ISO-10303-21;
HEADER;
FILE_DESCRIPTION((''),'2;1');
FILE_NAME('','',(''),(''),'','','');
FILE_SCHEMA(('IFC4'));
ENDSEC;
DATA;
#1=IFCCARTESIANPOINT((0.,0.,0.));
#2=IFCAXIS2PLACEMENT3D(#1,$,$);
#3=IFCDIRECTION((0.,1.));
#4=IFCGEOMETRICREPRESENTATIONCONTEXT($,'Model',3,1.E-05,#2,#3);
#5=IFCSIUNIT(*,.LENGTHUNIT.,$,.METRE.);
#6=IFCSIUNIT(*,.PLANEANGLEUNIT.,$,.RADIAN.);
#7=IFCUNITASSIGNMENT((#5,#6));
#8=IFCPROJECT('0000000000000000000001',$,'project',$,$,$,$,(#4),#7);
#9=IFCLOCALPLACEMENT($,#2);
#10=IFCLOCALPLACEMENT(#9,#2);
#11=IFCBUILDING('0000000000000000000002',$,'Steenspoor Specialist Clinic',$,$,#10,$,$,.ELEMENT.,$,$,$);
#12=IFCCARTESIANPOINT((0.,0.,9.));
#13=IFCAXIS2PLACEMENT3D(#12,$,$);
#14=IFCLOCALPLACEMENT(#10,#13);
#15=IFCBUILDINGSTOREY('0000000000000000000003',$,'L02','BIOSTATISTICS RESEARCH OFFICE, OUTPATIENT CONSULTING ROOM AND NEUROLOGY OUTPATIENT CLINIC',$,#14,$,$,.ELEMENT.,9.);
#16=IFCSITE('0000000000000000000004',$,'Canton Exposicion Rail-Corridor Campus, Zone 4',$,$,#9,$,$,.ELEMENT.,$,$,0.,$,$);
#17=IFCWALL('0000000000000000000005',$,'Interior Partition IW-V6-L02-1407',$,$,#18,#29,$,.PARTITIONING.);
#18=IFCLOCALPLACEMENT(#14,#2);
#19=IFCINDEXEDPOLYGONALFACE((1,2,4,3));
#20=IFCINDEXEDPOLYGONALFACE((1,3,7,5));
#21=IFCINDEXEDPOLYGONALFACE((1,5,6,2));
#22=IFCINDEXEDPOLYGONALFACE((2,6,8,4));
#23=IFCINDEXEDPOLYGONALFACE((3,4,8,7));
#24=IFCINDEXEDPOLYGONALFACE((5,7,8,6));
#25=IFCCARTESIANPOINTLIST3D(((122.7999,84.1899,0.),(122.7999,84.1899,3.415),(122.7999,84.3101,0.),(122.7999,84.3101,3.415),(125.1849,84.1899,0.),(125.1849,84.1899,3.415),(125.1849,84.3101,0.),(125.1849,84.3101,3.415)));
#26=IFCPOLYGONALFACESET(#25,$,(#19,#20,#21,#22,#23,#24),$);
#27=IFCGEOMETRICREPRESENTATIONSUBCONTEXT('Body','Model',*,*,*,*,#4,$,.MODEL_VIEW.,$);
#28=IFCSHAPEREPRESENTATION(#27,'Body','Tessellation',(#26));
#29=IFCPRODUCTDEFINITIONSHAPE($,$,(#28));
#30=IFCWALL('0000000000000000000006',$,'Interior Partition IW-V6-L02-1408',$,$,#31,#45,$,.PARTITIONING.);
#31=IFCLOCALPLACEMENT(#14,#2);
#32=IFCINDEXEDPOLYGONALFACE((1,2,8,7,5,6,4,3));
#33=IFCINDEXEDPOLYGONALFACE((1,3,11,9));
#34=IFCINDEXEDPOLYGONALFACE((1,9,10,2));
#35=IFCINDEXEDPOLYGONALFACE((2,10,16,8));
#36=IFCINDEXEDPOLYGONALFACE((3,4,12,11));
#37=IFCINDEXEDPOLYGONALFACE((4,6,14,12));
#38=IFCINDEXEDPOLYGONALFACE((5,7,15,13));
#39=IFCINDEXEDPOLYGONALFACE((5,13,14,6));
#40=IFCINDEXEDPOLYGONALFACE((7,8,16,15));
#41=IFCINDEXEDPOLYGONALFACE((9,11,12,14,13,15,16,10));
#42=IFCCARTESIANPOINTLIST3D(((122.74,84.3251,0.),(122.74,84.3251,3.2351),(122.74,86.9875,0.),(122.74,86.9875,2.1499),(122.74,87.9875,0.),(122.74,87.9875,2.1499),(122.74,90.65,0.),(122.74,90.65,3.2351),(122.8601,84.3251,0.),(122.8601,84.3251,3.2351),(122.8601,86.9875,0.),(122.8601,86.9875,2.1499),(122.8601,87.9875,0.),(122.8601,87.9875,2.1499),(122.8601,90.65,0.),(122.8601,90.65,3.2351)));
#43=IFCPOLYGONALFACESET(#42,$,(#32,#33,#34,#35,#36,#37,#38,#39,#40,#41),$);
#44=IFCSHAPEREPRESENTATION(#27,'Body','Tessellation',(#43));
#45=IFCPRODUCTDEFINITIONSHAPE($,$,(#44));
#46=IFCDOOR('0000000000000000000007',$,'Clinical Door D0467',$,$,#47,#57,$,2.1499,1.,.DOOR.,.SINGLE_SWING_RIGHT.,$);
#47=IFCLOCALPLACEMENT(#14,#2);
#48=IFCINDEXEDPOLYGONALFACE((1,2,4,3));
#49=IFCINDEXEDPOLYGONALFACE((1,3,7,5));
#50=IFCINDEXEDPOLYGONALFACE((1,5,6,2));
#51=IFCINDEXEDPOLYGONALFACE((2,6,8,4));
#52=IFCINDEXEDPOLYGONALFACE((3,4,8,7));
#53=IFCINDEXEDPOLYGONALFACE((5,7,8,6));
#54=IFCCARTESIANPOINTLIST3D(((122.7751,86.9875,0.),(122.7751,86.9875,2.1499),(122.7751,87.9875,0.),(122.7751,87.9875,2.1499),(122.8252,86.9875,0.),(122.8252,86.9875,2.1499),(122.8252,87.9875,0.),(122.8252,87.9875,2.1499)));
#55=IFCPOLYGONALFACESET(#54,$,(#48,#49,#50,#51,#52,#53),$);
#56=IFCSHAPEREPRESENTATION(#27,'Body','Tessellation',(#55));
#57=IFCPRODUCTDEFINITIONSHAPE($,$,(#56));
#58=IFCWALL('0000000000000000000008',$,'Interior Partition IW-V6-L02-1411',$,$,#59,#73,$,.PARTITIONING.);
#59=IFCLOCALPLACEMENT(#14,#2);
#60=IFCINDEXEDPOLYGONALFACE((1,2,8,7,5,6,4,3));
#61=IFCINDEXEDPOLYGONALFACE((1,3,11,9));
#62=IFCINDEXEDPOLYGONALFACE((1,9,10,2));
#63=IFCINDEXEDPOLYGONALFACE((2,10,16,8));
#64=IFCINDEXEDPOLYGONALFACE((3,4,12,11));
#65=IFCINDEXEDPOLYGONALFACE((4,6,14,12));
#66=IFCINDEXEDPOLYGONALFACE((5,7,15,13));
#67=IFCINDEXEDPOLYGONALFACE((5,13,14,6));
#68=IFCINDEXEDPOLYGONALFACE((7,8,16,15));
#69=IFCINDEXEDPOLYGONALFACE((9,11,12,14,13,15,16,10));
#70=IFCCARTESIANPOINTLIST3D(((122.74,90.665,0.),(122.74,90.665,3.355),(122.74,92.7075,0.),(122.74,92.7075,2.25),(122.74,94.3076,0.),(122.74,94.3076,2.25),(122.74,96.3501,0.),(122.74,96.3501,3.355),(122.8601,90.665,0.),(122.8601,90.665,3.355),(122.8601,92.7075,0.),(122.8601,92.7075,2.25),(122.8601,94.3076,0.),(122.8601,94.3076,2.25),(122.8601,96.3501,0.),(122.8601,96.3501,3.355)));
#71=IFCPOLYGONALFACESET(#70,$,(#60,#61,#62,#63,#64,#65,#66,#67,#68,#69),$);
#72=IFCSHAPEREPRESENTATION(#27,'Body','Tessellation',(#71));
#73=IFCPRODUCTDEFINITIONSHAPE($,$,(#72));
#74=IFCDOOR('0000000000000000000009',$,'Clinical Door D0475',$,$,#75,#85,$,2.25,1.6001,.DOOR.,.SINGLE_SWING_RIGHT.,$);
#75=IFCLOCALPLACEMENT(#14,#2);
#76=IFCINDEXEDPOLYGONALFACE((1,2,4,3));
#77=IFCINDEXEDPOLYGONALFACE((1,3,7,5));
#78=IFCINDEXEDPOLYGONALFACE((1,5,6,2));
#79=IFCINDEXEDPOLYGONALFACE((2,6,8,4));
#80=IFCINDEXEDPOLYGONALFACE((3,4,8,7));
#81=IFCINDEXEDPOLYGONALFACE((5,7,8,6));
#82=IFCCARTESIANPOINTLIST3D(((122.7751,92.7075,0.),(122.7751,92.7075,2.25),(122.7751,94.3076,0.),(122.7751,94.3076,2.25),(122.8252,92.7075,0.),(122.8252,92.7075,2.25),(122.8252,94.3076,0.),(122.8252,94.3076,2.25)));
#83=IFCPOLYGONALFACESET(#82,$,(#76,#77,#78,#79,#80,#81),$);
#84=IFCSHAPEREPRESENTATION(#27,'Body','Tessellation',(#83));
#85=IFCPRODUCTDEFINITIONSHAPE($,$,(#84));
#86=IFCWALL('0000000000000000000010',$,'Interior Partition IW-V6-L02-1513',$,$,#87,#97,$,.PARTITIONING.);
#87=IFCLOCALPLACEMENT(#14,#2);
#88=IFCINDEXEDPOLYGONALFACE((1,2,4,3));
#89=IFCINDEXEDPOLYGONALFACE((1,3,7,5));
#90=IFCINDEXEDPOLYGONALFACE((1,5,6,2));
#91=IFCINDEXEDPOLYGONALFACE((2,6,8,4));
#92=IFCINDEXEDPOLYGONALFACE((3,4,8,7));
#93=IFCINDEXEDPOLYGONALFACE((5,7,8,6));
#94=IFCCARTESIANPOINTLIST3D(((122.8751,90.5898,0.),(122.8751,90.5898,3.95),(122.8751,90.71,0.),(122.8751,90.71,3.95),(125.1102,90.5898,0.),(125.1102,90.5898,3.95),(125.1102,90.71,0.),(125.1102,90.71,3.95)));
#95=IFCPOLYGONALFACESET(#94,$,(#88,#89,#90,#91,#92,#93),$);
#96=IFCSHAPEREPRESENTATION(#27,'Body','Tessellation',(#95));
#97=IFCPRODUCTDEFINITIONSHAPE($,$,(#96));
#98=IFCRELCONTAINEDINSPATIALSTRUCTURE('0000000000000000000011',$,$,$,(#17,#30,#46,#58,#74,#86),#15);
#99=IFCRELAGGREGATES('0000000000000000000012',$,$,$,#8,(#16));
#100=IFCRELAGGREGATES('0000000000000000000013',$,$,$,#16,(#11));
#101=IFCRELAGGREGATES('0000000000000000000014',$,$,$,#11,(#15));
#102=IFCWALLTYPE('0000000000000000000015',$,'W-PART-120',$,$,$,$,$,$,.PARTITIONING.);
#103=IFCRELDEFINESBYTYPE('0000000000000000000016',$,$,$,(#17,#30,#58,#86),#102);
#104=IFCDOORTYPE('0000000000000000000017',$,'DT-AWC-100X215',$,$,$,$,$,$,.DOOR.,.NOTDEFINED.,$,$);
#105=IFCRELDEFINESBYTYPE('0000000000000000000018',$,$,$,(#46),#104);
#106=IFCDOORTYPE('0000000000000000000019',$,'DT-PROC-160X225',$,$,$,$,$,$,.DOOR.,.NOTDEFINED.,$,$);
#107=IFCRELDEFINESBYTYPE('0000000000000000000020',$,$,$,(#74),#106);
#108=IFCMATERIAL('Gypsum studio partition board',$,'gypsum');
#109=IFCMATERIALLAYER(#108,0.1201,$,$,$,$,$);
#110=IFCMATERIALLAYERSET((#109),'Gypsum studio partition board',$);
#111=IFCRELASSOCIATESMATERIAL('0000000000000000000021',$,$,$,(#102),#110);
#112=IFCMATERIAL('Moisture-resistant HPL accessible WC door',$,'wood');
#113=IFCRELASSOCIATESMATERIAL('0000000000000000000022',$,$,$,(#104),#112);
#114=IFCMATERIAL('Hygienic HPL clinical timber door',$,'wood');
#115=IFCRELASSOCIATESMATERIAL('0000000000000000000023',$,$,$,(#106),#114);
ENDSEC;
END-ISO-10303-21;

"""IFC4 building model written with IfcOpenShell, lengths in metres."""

from ifc_helpers import new_model, si_unit, direction, frame, frame_2d, origin, place, context, subcontext, project, spatial, rectangle, extrude, material, layer, layer_set, type_object, element, fill, save


model = new_model("IFC4")

# Units and contexts
model_context = context("Model", 3, precision=1e-05, world=origin(), true_north=direction((0.0, 1.0)))
body_context = subcontext(model_context, "Body", "Model", "MODEL_VIEW")
ifc_project = project(units=[si_unit("LENGTHUNIT", "METRE"), si_unit("PLANEANGLEUNIT", "RADIAN")], contexts=[model_context])

# Site, building, storey
site_placement = place(None, origin())
site = spatial("IfcSite", under=ifc_project, at=site_placement, Name="Canton Exposicion Rail-Corridor Campus, Zone 4", CompositionType="ELEMENT", RefElevation=0.0)
building_placement = place(site_placement, origin())
building = spatial("IfcBuilding", under=site, at=building_placement, Name="Steenspoor Specialist Clinic", CompositionType="ELEMENT")
storey_placement = place(building_placement, frame((0.0, 0.0, 9.0)))
storey = spatial("IfcBuildingStorey", under=building, at=storey_placement, Name="L02", Description="BIOSTATISTICS RESEARCH OFFICE, OUTPATIENT CONSULTING ROOM AND NEUROLOGY OUTPATIENT CLINIC", CompositionType="ELEMENT", Elevation=9.0)

# Wall
ifc_material_1 = material(Name="Gypsum studio partition board", Category="gypsum")
ifc_layer_1 = layer(ifc_material_1, 0.1201)
ifc_layer_set_1 = layer_set([ifc_layer_1], Name="Gypsum studio partition board")
wall_type_1 = type_object("IfcWallType", Name="W-PART-120", PredefinedType="PARTITIONING", material=ifc_layer_set_1)
wall_1_placement = place(storey_placement, frame((122.8, 84.25, 0.0), z_axis=(0.0, 0.0, 1.0), x_axis=(1.0, 0.0, 0.0)))
element("IfcWall", 1, at=wall_1_placement, inside=storey, type_object=wall_type_1, Name="Interior Partition IW-V6-L02-1407", PredefinedType="PARTITIONING", context=body_context, shape_type="SweptSolid", body=[
    extrude(rectangle(XDim=2.385, YDim=0.1201, at=frame_2d((1.1924, 0.0))), origin(), (0.0, 0.0, 1.0), 3.415),
])

# Walls, openings, doors
wall_2_placement = place(storey_placement, frame((122.8, 84.325, 0.0), z_axis=(0.0, 0.0, 1.0), x_axis=(0.0, 1.0, 0.0)))
wall_2 = element("IfcWall", 2, at=wall_2_placement, inside=storey, type_object=wall_type_1, Name="Interior Partition IW-V6-L02-1408", PredefinedType="PARTITIONING", context=body_context, shape_type="SweptSolid", body=[
    extrude(rectangle(XDim=6.325, YDim=0.1201, at=frame_2d((3.1626, 0.0))), origin(), (0.0, 0.0, 1.0), 3.2351),
])
opening_1_placement = place(wall_2_placement, frame((2.6626, 0.0, 0.0)))
opening_1 = element("IfcOpeningElement", 3, at=opening_1_placement, cuts=wall_2, PredefinedType="OPENING", context=body_context, shape_type="SweptSolid", body=[
    extrude(rectangle(XDim=1.0, YDim=2.1499, at=frame_2d((0.5, 1.075))), frame((0.0, 0.0701, 0.0), z_axis=(0.0, -1.0, 0.0), x_axis=(1.0, 0.0, 0.0)), (0.0, 0.0, 1.0), 0.1401),
])
ifc_material_2 = material(Name="Moisture-resistant HPL accessible WC door", Category="wood")
door_type_1 = type_object("IfcDoorType", Name="DT-AWC-100X215", OperationType="NOTDEFINED", PredefinedType="DOOR", material=ifc_material_2)
door_1_placement = place(opening_1_placement, origin())
door_1 = element("IfcDoor", 4, at=door_1_placement, inside=storey, type_object=door_type_1, Name="Clinical Door D0467", OperationType="SINGLE_SWING_RIGHT", OverallHeight=2.1499, OverallWidth=1.0, PredefinedType="DOOR", context=body_context, shape_type="SweptSolid", body=[
    extrude(rectangle(XDim=1.0, YDim=2.1499, at=frame_2d((0.5, 1.075))), frame((0.0, 0.0249, 0.0), z_axis=(0.0, -1.0, 0.0), x_axis=(1.0, 0.0, 0.0)), (0.0, 0.0, 1.0), 0.05),
])
fill(opening_1, door_1)
wall_3_placement = place(storey_placement, frame((122.8, 90.665, 0.0), z_axis=(0.0, 0.0, 1.0), x_axis=(0.0, 1.0, 0.0)))
wall_3 = element("IfcWall", 5, at=wall_3_placement, inside=storey, type_object=wall_type_1, Name="Interior Partition IW-V6-L02-1411", PredefinedType="PARTITIONING", context=body_context, shape_type="SweptSolid", body=[
    extrude(rectangle(XDim=5.6851, YDim=0.1201, at=frame_2d((2.8425, 0.0))), origin(), (0.0, 0.0, 1.0), 3.355),
])
opening_2_placement = place(wall_3_placement, frame((2.0425, 0.0, 0.0)))
opening_2 = element("IfcOpeningElement", 6, at=opening_2_placement, cuts=wall_3, PredefinedType="OPENING", context=body_context, shape_type="SweptSolid", body=[
    extrude(rectangle(XDim=1.6001, YDim=2.25, at=frame_2d((0.8, 1.125))), frame((0.0, 0.0701, 0.0), z_axis=(0.0, -1.0, 0.0), x_axis=(1.0, 0.0, 0.0)), (0.0, 0.0, 1.0), 0.1401),
])
ifc_material_3 = material(Name="Hygienic HPL clinical timber door", Category="wood")
door_type_2 = type_object("IfcDoorType", Name="DT-PROC-160X225", OperationType="NOTDEFINED", PredefinedType="DOOR", material=ifc_material_3)
door_2_placement = place(opening_2_placement, origin())
door_2 = element("IfcDoor", 7, at=door_2_placement, inside=storey, type_object=door_type_2, Name="Clinical Door D0475", OperationType="SINGLE_SWING_RIGHT", OverallHeight=2.25, OverallWidth=1.6001, PredefinedType="DOOR", context=body_context, shape_type="SweptSolid", body=[
    extrude(rectangle(XDim=1.6001, YDim=2.25, at=frame_2d((0.8, 1.125))), frame((0.0, 0.0249, 0.0), z_axis=(0.0, -1.0, 0.0), x_axis=(1.0, 0.0, 0.0)), (0.0, 0.0, 1.0), 0.05),
])
fill(opening_2, door_2)

# Wall
wall_4_placement = place(storey_placement, frame((122.875, 90.6499, 0.0), z_axis=(0.0, 0.0, 1.0), x_axis=(1.0, 0.0, 0.0)))
element("IfcWall", 8, at=wall_4_placement, inside=storey, type_object=wall_type_1, Name="Interior Partition IW-V6-L02-1513", PredefinedType="PARTITIONING", context=body_context, shape_type="SweptSolid", body=[
    extrude(rectangle(XDim=2.2351, YDim=0.1201, at=frame_2d((1.1177, 0.0))), origin(), (0.0, 0.0, 1.0), 3.95),
])

save(model, "model.ifc")
